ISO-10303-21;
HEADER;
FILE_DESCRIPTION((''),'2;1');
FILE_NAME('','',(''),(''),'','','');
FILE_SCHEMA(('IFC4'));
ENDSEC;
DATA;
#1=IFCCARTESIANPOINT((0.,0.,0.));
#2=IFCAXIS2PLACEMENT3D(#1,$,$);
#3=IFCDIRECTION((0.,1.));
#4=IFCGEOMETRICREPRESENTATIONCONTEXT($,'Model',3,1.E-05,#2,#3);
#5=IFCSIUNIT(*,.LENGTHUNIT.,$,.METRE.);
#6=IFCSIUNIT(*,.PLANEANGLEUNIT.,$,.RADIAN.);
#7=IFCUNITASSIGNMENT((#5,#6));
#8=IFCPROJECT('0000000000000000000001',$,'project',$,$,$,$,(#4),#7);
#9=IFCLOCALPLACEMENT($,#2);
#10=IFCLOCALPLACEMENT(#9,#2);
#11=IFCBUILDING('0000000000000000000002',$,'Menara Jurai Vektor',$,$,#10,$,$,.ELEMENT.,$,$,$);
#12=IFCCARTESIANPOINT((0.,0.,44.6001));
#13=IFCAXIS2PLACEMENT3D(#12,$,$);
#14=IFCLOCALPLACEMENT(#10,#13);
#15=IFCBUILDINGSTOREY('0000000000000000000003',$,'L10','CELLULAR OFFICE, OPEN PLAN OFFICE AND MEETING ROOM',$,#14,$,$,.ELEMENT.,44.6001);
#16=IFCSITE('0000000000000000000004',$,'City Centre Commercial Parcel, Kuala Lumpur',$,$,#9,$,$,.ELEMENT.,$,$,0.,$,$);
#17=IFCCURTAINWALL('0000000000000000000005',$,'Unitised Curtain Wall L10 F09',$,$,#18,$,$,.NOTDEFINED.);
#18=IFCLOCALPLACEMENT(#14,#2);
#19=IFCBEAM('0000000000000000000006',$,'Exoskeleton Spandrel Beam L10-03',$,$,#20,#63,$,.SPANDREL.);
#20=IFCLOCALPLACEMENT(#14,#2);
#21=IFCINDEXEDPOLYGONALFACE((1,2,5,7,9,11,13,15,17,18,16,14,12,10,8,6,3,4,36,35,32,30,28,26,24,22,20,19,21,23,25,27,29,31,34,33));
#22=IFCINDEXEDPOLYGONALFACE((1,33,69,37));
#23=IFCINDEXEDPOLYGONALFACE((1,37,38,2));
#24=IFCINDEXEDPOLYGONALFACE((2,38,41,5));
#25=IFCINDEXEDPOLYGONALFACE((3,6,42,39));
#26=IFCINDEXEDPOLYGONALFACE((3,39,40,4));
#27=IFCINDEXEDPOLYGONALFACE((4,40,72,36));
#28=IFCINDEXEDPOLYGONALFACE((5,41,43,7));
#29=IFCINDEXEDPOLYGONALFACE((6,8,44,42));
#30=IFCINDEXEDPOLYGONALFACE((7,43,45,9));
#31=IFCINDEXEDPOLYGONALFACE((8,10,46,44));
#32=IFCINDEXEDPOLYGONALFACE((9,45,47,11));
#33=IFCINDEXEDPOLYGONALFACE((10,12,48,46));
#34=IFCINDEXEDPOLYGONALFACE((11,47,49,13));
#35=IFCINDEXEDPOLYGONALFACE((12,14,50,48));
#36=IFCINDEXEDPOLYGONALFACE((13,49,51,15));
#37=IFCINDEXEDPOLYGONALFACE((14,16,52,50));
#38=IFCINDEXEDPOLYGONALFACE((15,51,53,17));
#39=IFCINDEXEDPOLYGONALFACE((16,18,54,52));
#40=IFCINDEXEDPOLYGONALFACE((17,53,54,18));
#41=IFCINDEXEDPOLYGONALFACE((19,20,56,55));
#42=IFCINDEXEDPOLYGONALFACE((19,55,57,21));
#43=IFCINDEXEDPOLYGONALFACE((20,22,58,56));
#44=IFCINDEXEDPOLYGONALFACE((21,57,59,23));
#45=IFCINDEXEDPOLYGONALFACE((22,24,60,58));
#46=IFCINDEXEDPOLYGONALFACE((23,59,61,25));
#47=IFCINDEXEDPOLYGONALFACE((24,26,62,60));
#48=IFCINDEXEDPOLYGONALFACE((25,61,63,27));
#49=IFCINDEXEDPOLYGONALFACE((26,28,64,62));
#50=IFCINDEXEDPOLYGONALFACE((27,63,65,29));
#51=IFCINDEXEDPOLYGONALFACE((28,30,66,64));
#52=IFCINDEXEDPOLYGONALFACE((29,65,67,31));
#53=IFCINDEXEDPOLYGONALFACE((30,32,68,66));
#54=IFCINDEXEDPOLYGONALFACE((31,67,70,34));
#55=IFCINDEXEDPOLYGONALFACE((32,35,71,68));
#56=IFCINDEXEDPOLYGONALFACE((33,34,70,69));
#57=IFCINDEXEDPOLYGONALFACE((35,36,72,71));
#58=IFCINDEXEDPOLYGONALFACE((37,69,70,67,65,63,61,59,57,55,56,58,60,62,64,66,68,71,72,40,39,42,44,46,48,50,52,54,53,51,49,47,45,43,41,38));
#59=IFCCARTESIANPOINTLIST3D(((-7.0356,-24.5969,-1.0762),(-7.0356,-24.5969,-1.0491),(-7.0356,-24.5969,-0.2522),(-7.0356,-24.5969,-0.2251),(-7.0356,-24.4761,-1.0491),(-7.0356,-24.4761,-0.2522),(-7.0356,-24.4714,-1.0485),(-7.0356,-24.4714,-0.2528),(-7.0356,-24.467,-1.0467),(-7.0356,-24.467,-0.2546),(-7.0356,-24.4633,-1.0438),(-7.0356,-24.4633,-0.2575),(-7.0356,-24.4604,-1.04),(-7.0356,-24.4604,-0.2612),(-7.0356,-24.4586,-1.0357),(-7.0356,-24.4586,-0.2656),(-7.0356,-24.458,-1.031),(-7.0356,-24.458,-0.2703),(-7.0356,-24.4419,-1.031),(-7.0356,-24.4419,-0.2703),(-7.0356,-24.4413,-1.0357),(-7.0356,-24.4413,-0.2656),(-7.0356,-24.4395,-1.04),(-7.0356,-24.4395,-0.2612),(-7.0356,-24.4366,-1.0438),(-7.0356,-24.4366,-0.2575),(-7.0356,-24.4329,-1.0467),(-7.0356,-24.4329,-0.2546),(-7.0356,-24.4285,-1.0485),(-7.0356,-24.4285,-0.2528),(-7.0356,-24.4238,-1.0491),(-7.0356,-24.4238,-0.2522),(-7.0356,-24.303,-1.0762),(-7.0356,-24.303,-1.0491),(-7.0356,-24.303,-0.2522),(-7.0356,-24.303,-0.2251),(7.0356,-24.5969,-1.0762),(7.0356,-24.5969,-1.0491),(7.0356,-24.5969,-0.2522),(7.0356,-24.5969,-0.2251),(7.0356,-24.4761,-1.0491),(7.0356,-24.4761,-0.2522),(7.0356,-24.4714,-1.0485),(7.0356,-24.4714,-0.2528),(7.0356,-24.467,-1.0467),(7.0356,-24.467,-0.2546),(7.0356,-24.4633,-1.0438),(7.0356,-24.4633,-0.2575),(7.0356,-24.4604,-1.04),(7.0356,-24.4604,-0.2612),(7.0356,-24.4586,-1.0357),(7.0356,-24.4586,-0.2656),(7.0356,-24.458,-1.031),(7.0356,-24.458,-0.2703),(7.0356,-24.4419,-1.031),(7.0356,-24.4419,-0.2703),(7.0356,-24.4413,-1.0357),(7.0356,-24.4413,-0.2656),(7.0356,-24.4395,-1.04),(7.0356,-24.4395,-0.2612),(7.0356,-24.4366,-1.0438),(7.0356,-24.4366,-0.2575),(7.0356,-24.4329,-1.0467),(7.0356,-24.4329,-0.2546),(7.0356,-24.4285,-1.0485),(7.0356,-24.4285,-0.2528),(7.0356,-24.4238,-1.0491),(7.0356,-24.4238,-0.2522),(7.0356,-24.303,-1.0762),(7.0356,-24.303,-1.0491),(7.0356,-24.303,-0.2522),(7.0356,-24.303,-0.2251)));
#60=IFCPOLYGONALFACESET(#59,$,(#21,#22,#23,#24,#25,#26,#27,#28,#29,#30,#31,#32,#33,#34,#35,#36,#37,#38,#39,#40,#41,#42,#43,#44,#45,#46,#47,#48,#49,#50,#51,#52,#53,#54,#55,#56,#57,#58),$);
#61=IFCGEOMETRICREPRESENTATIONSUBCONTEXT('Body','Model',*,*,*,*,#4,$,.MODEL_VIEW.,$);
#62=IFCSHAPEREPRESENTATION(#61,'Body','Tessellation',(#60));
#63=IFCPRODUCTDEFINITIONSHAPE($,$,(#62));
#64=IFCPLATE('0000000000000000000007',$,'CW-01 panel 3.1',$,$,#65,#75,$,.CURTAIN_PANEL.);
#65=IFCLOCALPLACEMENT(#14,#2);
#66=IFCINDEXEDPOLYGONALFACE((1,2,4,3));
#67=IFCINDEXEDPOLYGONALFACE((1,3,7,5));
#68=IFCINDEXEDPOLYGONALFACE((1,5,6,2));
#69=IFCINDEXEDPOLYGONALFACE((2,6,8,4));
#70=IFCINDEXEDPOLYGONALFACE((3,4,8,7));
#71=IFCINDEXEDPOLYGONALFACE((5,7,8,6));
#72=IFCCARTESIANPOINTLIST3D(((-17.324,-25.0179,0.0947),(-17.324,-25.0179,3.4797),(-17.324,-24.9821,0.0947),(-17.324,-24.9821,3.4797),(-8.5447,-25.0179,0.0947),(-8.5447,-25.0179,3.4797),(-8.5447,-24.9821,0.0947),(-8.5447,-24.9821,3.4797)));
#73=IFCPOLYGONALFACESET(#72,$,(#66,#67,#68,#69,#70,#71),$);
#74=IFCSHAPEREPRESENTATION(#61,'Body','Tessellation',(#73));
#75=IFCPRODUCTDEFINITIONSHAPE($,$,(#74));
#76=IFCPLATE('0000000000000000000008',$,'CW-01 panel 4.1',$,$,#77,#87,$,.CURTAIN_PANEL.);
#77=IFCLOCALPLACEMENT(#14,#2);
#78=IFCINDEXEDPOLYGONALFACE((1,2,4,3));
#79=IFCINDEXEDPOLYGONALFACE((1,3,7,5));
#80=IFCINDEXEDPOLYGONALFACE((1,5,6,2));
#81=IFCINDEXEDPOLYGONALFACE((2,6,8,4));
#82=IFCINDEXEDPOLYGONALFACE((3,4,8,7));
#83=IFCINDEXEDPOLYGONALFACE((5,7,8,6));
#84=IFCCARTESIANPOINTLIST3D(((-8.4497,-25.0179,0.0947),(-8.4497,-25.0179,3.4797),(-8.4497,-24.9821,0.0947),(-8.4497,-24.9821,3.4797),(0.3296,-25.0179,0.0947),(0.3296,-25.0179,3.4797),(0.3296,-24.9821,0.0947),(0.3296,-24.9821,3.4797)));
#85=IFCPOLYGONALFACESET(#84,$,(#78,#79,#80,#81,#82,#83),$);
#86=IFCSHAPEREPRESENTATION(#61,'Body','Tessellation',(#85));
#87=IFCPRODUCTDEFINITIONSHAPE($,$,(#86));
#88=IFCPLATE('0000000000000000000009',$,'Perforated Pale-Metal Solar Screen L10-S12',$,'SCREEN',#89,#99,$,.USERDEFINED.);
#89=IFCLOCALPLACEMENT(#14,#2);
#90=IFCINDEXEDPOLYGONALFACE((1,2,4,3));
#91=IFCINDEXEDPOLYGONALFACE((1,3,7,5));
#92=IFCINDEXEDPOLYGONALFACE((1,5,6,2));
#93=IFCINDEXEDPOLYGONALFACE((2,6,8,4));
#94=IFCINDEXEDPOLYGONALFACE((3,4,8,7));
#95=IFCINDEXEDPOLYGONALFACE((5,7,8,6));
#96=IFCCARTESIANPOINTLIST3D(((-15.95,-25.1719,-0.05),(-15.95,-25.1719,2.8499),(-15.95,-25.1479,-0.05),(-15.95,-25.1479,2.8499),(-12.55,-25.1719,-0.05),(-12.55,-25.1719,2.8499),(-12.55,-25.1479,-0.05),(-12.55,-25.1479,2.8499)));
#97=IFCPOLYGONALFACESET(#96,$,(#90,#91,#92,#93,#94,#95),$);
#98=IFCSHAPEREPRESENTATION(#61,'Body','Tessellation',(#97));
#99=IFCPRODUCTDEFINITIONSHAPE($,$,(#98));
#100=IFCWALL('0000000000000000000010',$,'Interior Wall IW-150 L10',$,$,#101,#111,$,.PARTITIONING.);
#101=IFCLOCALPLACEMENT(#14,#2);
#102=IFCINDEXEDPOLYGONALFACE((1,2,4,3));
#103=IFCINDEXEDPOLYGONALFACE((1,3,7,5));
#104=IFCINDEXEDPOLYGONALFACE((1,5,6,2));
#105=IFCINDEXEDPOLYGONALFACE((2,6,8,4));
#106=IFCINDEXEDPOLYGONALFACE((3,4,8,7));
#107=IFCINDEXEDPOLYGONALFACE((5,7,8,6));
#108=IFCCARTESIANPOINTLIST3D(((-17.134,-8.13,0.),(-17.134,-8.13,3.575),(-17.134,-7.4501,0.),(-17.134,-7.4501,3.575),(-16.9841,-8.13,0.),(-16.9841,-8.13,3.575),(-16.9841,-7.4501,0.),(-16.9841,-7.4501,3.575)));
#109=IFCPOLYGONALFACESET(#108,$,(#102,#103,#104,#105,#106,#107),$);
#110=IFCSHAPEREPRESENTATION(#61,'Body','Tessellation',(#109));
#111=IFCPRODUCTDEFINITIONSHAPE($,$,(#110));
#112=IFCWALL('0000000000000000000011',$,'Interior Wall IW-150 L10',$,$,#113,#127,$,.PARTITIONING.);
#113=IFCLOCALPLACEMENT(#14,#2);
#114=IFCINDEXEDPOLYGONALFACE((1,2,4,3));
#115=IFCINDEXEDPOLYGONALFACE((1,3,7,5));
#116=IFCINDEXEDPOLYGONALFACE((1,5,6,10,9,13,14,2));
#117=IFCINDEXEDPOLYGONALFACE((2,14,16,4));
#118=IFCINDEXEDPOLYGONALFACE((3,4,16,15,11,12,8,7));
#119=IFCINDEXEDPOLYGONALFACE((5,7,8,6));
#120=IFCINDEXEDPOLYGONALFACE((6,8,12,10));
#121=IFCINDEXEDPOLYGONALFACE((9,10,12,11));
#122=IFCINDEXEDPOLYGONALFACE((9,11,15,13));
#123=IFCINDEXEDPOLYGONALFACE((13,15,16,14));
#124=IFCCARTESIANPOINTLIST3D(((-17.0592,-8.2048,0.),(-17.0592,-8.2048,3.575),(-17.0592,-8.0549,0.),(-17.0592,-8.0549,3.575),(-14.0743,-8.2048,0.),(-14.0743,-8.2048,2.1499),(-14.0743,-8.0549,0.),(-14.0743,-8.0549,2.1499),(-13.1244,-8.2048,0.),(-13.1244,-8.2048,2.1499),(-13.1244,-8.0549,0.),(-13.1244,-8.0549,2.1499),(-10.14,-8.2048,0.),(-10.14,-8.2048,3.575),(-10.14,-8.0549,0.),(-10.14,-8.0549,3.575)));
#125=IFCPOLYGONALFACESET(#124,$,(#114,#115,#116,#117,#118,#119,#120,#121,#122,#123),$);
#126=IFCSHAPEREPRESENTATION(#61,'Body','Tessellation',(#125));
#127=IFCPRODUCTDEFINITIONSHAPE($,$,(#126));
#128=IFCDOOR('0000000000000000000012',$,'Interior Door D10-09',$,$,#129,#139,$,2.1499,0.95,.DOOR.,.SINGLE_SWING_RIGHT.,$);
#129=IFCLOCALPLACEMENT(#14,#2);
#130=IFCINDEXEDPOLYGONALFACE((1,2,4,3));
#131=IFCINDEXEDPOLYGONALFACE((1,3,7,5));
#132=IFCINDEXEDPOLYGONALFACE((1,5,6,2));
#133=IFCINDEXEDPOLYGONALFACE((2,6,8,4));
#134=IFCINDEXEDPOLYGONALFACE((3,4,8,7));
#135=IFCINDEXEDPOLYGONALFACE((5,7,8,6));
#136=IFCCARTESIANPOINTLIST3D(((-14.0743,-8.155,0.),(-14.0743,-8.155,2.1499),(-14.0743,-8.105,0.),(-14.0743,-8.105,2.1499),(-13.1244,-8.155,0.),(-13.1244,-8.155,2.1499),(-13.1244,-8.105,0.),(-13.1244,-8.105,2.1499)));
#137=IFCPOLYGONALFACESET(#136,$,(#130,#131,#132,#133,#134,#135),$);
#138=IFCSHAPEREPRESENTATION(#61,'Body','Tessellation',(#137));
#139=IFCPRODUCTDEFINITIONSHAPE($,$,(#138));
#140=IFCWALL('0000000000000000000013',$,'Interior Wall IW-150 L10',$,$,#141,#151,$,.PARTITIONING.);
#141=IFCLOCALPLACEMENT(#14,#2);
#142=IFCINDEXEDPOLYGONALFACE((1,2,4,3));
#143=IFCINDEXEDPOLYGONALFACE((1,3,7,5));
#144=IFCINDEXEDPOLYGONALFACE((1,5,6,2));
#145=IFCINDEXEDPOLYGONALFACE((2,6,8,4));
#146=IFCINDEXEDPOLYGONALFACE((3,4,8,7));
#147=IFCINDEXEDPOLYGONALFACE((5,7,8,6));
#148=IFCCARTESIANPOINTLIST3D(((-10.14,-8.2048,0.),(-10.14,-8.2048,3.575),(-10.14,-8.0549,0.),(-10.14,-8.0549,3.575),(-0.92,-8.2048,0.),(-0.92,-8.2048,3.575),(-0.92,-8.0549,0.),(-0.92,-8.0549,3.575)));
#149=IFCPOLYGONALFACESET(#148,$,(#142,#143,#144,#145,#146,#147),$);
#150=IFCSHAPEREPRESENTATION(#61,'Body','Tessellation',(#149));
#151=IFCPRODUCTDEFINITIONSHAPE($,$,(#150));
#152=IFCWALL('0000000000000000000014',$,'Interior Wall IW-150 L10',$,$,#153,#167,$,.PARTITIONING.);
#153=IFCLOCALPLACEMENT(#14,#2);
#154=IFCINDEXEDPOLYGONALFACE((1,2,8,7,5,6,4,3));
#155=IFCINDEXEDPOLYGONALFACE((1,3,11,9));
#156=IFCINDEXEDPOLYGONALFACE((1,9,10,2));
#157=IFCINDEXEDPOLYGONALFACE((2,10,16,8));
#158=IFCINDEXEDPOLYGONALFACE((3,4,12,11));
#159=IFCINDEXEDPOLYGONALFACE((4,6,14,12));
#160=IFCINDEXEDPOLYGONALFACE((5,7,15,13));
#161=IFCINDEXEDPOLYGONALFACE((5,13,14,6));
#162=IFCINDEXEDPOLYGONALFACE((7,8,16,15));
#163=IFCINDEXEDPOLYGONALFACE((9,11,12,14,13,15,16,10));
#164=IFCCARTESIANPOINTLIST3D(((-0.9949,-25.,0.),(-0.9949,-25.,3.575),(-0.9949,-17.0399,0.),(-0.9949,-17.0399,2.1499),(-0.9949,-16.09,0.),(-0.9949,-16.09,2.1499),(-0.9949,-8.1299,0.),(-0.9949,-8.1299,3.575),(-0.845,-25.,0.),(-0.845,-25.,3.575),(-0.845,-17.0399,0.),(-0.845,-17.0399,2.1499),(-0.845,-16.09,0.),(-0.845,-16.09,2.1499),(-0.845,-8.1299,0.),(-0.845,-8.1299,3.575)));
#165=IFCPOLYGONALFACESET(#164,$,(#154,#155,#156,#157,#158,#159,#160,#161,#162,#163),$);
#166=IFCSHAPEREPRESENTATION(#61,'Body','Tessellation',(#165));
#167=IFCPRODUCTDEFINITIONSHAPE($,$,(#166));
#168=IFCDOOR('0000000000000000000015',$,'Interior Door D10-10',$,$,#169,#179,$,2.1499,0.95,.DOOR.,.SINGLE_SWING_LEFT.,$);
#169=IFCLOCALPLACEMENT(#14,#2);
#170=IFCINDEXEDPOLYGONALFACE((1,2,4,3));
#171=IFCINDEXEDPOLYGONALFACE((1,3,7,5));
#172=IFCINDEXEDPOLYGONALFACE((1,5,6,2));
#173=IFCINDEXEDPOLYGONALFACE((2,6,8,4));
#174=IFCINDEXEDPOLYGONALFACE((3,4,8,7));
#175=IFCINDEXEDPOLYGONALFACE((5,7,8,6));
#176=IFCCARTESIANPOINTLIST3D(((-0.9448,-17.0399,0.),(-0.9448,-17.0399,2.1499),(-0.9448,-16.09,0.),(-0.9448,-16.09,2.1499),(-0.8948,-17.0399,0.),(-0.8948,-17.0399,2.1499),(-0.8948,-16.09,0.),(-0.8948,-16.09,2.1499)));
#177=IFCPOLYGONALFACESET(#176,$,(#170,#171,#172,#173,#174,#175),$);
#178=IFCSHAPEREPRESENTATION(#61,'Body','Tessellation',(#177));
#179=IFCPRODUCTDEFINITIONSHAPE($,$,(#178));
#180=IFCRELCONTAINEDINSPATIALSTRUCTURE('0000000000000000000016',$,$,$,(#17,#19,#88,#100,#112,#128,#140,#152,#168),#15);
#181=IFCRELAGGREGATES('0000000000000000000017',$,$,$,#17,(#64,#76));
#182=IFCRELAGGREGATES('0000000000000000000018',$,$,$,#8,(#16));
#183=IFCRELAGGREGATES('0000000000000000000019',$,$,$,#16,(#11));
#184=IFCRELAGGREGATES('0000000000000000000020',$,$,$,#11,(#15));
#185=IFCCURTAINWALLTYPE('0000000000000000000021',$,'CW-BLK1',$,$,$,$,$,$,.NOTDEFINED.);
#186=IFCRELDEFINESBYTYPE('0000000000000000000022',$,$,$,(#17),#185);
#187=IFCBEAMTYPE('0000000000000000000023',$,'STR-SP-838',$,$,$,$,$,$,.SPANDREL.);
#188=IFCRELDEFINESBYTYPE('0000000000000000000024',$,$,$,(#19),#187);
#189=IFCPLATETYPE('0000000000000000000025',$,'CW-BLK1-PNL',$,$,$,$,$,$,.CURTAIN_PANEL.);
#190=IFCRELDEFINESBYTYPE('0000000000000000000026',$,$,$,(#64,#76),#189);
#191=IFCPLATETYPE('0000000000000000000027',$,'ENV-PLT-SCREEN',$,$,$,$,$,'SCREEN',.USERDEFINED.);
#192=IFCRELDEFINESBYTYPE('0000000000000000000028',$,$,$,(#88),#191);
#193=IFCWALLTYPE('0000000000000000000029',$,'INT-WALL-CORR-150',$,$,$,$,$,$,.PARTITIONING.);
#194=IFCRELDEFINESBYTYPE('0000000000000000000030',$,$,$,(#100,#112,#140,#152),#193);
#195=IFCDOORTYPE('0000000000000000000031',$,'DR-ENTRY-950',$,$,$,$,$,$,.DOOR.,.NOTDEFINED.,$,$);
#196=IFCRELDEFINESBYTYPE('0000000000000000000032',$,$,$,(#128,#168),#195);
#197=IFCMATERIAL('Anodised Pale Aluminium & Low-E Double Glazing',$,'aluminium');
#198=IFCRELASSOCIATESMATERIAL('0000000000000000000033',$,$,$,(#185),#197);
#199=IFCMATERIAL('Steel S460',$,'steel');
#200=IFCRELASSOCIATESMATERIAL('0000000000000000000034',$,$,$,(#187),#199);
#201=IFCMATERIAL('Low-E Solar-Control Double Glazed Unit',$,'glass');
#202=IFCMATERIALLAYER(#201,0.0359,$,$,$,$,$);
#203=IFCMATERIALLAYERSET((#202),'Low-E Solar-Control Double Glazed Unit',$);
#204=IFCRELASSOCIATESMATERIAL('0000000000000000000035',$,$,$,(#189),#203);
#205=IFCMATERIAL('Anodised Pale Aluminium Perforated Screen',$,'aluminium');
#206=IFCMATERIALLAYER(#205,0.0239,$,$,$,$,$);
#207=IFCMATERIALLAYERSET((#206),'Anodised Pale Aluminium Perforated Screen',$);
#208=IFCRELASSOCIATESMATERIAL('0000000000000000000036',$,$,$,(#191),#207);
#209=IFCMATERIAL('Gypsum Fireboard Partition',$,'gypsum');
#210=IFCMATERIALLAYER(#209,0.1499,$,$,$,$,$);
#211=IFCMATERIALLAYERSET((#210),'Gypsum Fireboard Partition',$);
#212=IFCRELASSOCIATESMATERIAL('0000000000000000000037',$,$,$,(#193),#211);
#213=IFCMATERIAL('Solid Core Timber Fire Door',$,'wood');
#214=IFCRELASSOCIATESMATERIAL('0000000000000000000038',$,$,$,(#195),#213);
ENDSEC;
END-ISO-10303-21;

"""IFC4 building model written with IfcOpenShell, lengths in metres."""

from ifc_helpers import new_model, si_unit, direction, frame, frame_2d, origin, origin_2d, place, context, subcontext, project, spatial, rectangle, i_section, extrude, material, layer, layer_set, material_profile, profile_set, type_object, element, fill, aggregate, save


model = new_model("IFC4")

# Units and contexts
model_context = context("Model", 3, precision=1e-05, world=origin(), true_north=direction((0.0, 1.0)))
body_context = subcontext(model_context, "Body", "Model", "MODEL_VIEW")
ifc_project = project(units=[si_unit("LENGTHUNIT", "METRE"), si_unit("PLANEANGLEUNIT", "RADIAN")], contexts=[model_context])

# Site, building, storey
site_placement = place(None, origin())
site = spatial("IfcSite", under=ifc_project, at=site_placement, Name="City Centre Commercial Parcel, Kuala Lumpur", CompositionType="ELEMENT", RefElevation=0.0)
building_placement = place(site_placement, origin())
building = spatial("IfcBuilding", under=site, at=building_placement, Name="Menara Jurai Vektor", CompositionType="ELEMENT")
storey_placement = place(building_placement, frame((0.0, 0.0, 44.6001)))
storey = spatial("IfcBuildingStorey", under=building, at=storey_placement, Name="L10", Description="CELLULAR OFFICE, OPEN PLAN OFFICE AND MEETING ROOM", CompositionType="ELEMENT", Elevation=44.6001)

# Shared definitions
ifc_material_1 = material(Name="Steel S460", Category="steel")

# Curtain wall
ifc_material_2 = material(Name="Anodised Pale Aluminium & Low-E Double Glazing", Category="aluminium")
curtain_wall_type = type_object("IfcCurtainWallType", Name="CW-BLK1", PredefinedType="NOTDEFINED", material=ifc_material_2)
curtain_wall_placement = place(storey_placement, origin())
curtain_wall = element("IfcCurtainWall", 1, at=curtain_wall_placement, inside=storey, type_object=curtain_wall_type, Name="Unitised Curtain Wall L10 F09", PredefinedType="NOTDEFINED")

# Beam
ifc_material_profile_1 = material_profile(ifc_material_1, i_section(OverallWidth=0.2939, OverallDepth=0.8511, WebThickness=0.0161, FlangeThickness=0.0271, FilletRadius=0.0181, at=origin_2d()), Name="UKB 838x292x226")
ifc_profile_set_1 = profile_set([ifc_material_profile_1], Name="Steel S460")
beam_type_1 = type_object("IfcBeamType", Name="STR-SP-838", PredefinedType="SPANDREL", material=ifc_profile_set_1)
beam_1_placement = place(storey_placement, frame((-7.0356, -24.45, -0.6506), z_axis=(1.0, 0.0, 0.0), x_axis=(0.0, 1.0, 0.0)))
element("IfcBeam", 2, at=beam_1_placement, inside=storey, type_object=beam_type_1, Name="Exoskeleton Spandrel Beam L10-03", PredefinedType="SPANDREL", context=body_context, shape_type="SweptSolid", body=[
    extrude(i_section(OverallWidth=0.2939, OverallDepth=0.8511, WebThickness=0.0161, FlangeThickness=0.0271, FilletRadius=0.0181, at=origin_2d()), origin(), (0.0, 0.0, 1.0), 14.0713),
])

# Plates
ifc_material_3 = material(Name="Low-E Solar-Control Double Glazed Unit", Category="glass")
ifc_layer_1 = layer(ifc_material_3, 0.0359)
ifc_layer_set_1 = layer_set([ifc_layer_1], Name="Low-E Solar-Control Double Glazed Unit")
plate_type_1 = type_object("IfcPlateType", Name="CW-BLK1-PNL", PredefinedType="CURTAIN_PANEL", material=ifc_layer_set_1)
plate_1_placement = place(storey_placement, frame((-12.9343, -25.0, 0.0947), z_axis=(0.0, 0.0, 1.0), x_axis=(1.0, 0.0, 0.0)))
plate_1 = element("IfcPlate", 3, at=plate_1_placement, type_object=plate_type_1, Name="CW-01 panel 3.1", PredefinedType="CURTAIN_PANEL", context=body_context, shape_type="SweptSolid", body=[
    extrude(rectangle(XDim=8.7793, YDim=0.0359, at=origin_2d()), origin(), (0.0, 0.0, 1.0), 3.385),
])
plate_2_placement = place(storey_placement, frame((-4.0601, -25.0, 0.0947), z_axis=(0.0, 0.0, 1.0), x_axis=(1.0, 0.0, 0.0)))
plate_2 = element("IfcPlate", 4, at=plate_2_placement, type_object=plate_type_1, Name="CW-01 panel 4.1", PredefinedType="CURTAIN_PANEL", context=body_context, shape_type="SweptSolid", body=[
    extrude(rectangle(XDim=8.7793, YDim=0.0359, at=origin_2d()), origin(), (0.0, 0.0, 1.0), 3.385),
])
aggregate(curtain_wall, [plate_1, plate_2])
ifc_material_4 = material(Name="Anodised Pale Aluminium Perforated Screen", Category="aluminium")
ifc_layer_2 = layer(ifc_material_4, 0.0239)
ifc_layer_set_2 = layer_set([ifc_layer_2], Name="Anodised Pale Aluminium Perforated Screen")
plate_type_2 = type_object("IfcPlateType", Name="ENV-PLT-SCREEN", ElementType="SCREEN", PredefinedType="USERDEFINED", material=ifc_layer_set_2)
plate_3_placement = place(storey_placement, frame((-14.25, -25.1599, -0.05), z_axis=(0.0, 0.0, 1.0), x_axis=(1.0, 0.0, 0.0)))
element("IfcPlate", 5, at=plate_3_placement, inside=storey, type_object=plate_type_2, Name="Perforated Pale-Metal Solar Screen L10-S12", ObjectType="SCREEN", PredefinedType="USERDEFINED", context=body_context, shape_type="SweptSolid", body=[
    extrude(rectangle(XDim=3.3999, YDim=0.0239, at=origin_2d()), origin(), (0.0, 0.0, 1.0), 2.8999),
])

# Wall
ifc_material_5 = material(Name="Gypsum Fireboard Partition", Category="gypsum")
ifc_layer_3 = layer(ifc_material_5, 0.1499)
ifc_layer_set_3 = layer_set([ifc_layer_3], Name="Gypsum Fireboard Partition")
wall_type_1 = type_object("IfcWallType", Name="INT-WALL-CORR-150", PredefinedType="PARTITIONING", material=ifc_layer_set_3)
wall_1_placement = place(storey_placement, frame((-17.0591, -8.1299, 0.0), z_axis=(0.0, 0.0, 1.0), x_axis=(0.0, 1.0, 0.0)))
element("IfcWall", 6, at=wall_1_placement, inside=storey, type_object=wall_type_1, Name="Interior Wall IW-150 L10", PredefinedType="PARTITIONING", context=body_context, shape_type="SweptSolid", body=[
    extrude(rectangle(XDim=0.6799, YDim=0.1499, at=frame_2d((0.3398, 0.0))), origin(), (0.0, 0.0, 1.0), 3.575),
])

# Wall, opening, door
wall_2_placement = place(storey_placement, frame((-17.0591, -8.1299, 0.0), z_axis=(0.0, 0.0, 1.0), x_axis=(1.0, 0.0, 0.0)))
wall_2 = element("IfcWall", 7, at=wall_2_placement, inside=storey, type_object=wall_type_1, Name="Interior Wall IW-150 L10", PredefinedType="PARTITIONING", context=body_context, shape_type="SweptSolid", body=[
    extrude(rectangle(XDim=6.9192, YDim=0.1499, at=frame_2d((3.4595, 0.0))), origin(), (0.0, 0.0, 1.0), 3.575),
])
opening_1_placement = place(wall_2_placement, frame((2.9846, 0.0, 0.0)))
opening_1 = element("IfcOpeningElement", 8, at=opening_1_placement, cuts=wall_2, PredefinedType="OPENING", context=body_context, shape_type="SweptSolid", body=[
    extrude(rectangle(XDim=0.95, YDim=2.1499, at=frame_2d((0.4751, 1.075))), frame((0.0, 0.085, 0.0), z_axis=(0.0, -1.0, 0.0), x_axis=(1.0, 0.0, 0.0)), (0.0, 0.0, 1.0), 0.1699),
])
ifc_material_6 = material(Name="Solid Core Timber Fire Door", Category="wood")
door_type = type_object("IfcDoorType", Name="DR-ENTRY-950", OperationType="NOTDEFINED", PredefinedType="DOOR", material=ifc_material_6)
door_1_placement = place(opening_1_placement, origin())
door_1 = element("IfcDoor", 9, at=door_1_placement, inside=storey, type_object=door_type, Name="Interior Door D10-09", OperationType="SINGLE_SWING_RIGHT", OverallHeight=2.1499, OverallWidth=0.95, PredefinedType="DOOR", context=body_context, shape_type="SweptSolid", body=[
    extrude(rectangle(XDim=0.95, YDim=2.1499, at=frame_2d((0.4751, 1.075))), frame((0.0, 0.0249, 0.0), z_axis=(0.0, -1.0, 0.0), x_axis=(1.0, 0.0, 0.0)), (0.0, 0.0, 1.0), 0.05),
])
fill(opening_1, door_1)

# Wall
wall_3_placement = place(storey_placement, frame((-10.1399, -8.1299, 0.0), z_axis=(0.0, 0.0, 1.0), x_axis=(1.0, 0.0, 0.0)))
element("IfcWall", 10, at=wall_3_placement, inside=storey, type_object=wall_type_1, Name="Interior Wall IW-150 L10", PredefinedType="PARTITIONING", context=body_context, shape_type="SweptSolid", body=[
    extrude(rectangle(XDim=9.22, YDim=0.1499, at=frame_2d((4.6099, 0.0))), origin(), (0.0, 0.0, 1.0), 3.575),
])

# Wall, opening, door
wall_4_placement = place(storey_placement, frame((-0.9199, -25.0, 0.0), z_axis=(0.0, 0.0, 1.0), x_axis=(0.0, 1.0, 0.0)))
wall_4 = element("IfcWall", 11, at=wall_4_placement, inside=storey, type_object=wall_type_1, Name="Interior Wall IW-150 L10", PredefinedType="PARTITIONING", context=body_context, shape_type="SweptSolid", body=[
    extrude(rectangle(XDim=16.8701, YDim=0.1499, at=frame_2d((8.4351, 0.0))), origin(), (0.0, 0.0, 1.0), 3.575),
])
opening_2_placement = place(wall_4_placement, frame((7.96, 0.0, 0.0)))
opening_2 = element("IfcOpeningElement", 12, at=opening_2_placement, cuts=wall_4, PredefinedType="OPENING", context=body_context, shape_type="SweptSolid", body=[
    extrude(rectangle(XDim=0.95, YDim=2.1499, at=frame_2d((0.4751, 1.075))), frame((0.0, 0.085, 0.0), z_axis=(0.0, -1.0, 0.0), x_axis=(1.0, 0.0, 0.0)), (0.0, 0.0, 1.0), 0.1699),
])
door_2_placement = place(opening_2_placement, origin())
door_2 = element("IfcDoor", 13, at=door_2_placement, inside=storey, type_object=door_type, Name="Interior Door D10-10", OperationType="SINGLE_SWING_LEFT", OverallHeight=2.1499, OverallWidth=0.95, PredefinedType="DOOR", context=body_context, shape_type="SweptSolid", body=[
    extrude(rectangle(XDim=0.95, YDim=2.1499, at=frame_2d((0.4751, 1.075))), frame((0.0, 0.0249, 0.0), z_axis=(0.0, -1.0, 0.0), x_axis=(1.0, 0.0, 0.0)), (0.0, 0.0, 1.0), 0.05),
])
fill(opening_2, door_2)

save(model, "model.ifc")
